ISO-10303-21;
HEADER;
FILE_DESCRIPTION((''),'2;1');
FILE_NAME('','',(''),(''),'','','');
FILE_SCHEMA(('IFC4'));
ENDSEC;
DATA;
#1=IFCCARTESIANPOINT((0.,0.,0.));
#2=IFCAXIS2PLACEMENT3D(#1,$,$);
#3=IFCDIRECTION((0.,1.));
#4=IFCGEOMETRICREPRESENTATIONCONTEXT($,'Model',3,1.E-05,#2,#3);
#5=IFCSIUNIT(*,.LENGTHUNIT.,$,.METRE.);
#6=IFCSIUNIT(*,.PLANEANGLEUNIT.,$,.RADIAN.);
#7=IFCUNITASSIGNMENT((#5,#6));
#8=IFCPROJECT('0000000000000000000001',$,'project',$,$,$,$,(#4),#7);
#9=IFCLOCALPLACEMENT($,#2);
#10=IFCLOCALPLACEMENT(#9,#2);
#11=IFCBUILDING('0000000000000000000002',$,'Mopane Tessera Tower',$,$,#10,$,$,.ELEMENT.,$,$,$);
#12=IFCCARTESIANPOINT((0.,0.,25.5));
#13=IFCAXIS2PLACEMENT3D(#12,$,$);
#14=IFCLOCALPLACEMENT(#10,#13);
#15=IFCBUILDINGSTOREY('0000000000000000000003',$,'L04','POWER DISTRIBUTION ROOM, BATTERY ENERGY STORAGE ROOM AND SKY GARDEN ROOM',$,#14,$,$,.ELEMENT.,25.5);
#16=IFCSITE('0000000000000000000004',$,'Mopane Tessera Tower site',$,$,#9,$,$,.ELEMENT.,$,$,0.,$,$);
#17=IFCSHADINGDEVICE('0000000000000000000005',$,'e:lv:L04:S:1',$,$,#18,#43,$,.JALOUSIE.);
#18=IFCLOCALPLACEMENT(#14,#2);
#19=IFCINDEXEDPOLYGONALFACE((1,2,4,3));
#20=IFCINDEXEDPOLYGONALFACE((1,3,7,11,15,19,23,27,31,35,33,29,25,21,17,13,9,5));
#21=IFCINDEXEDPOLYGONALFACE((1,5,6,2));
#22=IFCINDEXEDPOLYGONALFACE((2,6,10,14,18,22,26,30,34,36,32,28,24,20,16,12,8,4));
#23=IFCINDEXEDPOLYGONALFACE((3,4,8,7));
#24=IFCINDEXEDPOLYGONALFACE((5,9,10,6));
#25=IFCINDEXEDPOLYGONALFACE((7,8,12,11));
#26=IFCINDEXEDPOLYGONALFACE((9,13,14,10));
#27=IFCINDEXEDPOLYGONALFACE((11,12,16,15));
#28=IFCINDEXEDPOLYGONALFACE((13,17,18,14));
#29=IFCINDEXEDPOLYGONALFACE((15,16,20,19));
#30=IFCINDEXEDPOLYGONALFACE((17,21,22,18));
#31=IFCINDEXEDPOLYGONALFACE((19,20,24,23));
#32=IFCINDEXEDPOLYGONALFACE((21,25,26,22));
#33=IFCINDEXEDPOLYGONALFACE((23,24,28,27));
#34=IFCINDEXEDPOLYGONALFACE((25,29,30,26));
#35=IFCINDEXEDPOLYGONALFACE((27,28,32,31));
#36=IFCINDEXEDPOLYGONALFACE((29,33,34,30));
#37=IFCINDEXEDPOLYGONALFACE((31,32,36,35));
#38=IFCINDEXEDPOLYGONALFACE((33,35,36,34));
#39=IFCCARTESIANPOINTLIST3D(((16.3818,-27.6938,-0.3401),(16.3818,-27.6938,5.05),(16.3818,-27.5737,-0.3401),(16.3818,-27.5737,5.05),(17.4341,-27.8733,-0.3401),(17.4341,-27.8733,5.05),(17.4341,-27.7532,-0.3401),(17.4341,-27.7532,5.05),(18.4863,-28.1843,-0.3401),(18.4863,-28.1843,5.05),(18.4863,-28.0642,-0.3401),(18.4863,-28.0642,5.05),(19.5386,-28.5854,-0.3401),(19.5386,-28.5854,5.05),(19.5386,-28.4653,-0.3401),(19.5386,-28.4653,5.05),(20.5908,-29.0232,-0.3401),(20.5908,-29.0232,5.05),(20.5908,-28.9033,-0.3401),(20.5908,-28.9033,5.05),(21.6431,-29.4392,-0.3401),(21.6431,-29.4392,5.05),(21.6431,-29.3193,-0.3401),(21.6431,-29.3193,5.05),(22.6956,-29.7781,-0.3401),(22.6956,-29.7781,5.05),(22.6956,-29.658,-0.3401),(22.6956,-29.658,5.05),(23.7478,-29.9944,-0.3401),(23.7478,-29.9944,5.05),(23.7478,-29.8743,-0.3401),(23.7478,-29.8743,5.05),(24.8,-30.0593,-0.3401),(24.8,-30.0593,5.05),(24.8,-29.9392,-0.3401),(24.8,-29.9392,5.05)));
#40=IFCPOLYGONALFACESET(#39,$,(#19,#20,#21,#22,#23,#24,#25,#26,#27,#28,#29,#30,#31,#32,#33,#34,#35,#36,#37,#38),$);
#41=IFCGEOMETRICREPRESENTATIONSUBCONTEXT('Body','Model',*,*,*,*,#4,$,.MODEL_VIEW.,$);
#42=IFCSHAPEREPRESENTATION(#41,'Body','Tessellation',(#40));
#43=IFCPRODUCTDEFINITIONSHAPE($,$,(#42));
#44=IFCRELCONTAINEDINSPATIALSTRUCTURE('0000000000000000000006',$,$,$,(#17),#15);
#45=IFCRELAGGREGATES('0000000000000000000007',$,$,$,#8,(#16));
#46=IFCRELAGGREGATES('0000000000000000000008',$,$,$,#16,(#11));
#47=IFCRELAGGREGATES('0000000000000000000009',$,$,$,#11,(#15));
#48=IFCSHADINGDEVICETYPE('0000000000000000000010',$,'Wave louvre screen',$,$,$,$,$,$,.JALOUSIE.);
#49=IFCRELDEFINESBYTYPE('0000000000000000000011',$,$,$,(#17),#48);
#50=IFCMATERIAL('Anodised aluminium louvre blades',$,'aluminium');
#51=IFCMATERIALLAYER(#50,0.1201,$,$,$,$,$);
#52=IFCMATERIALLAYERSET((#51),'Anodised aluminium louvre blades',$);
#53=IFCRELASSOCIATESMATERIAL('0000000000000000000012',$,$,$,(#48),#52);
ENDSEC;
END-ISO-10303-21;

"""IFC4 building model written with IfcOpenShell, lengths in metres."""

from ifc_helpers import new_model, si_unit, direction, frame, origin, place, context, subcontext, project, spatial, polyline, outline, extrude, material, layer, layer_set, type_object, element, save


model = new_model("IFC4")

# Units and contexts
model_context = context("Model", 3, precision=1e-05, world=origin(), true_north=direction((0.0, 1.0)))
body_context = subcontext(model_context, "Body", "Model", "MODEL_VIEW")
ifc_project = project(units=[si_unit("LENGTHUNIT", "METRE"), si_unit("PLANEANGLEUNIT", "RADIAN")], contexts=[model_context])

# Site, building, storey
site_placement = place(None, origin())
site = spatial("IfcSite", under=ifc_project, at=site_placement, Name="Mopane Tessera Tower site", CompositionType="ELEMENT", RefElevation=0.0)
building_placement = place(site_placement, origin())
building = spatial("IfcBuilding", under=site, at=building_placement, Name="Mopane Tessera Tower", CompositionType="ELEMENT")
storey_placement = place(building_placement, frame((0.0, 0.0, 25.5)))
storey = spatial("IfcBuildingStorey", under=building, at=storey_placement, Name="L04", Description="POWER DISTRIBUTION ROOM, BATTERY ENERGY STORAGE ROOM AND SKY GARDEN ROOM", CompositionType="ELEMENT", Elevation=25.5)

# Shading device
ifc_material_1 = material(Name="Anodised aluminium louvre blades", Category="aluminium")
ifc_layer_1 = layer(ifc_material_1, 0.1201)
ifc_layer_set_1 = layer_set([ifc_layer_1], Name="Anodised aluminium louvre blades")
shading_device_type = type_object("IfcShadingDeviceType", Name="Wave louvre screen", PredefinedType="JALOUSIE", material=ifc_layer_set_1)
shading_device_1_placement = place(storey_placement, frame((0.0, 0.0, -0.3401)))
element("IfcShadingDevice", 1, at=shading_device_1_placement, inside=storey, type_object=shading_device_type, Name="e:lv:L04:S:1", PredefinedType="JALOUSIE", context=body_context, shape_type="SweptSolid", body=[
    extrude(outline(polyline([(16.3818, -27.5737), (17.4341, -27.7532), (18.4863, -28.0642), (19.5386, -28.4653), (20.5908, -28.9033), (21.6431, -29.3193), (22.6956, -29.658), (23.7478, -29.8743), (24.8, -29.9392), (24.8, -30.0593), (23.7478, -29.9944), (22.6956, -29.7781), (21.6431, -29.4392), (20.5908, -29.0232), (19.5386, -28.5854), (18.4863, -28.1843), (17.4341, -27.8733), (16.3818, -27.6938), (16.3818, -27.5737)])), origin(), (0.0, 0.0, 1.0), 5.3901),
])

save(model, "model.ifc")
